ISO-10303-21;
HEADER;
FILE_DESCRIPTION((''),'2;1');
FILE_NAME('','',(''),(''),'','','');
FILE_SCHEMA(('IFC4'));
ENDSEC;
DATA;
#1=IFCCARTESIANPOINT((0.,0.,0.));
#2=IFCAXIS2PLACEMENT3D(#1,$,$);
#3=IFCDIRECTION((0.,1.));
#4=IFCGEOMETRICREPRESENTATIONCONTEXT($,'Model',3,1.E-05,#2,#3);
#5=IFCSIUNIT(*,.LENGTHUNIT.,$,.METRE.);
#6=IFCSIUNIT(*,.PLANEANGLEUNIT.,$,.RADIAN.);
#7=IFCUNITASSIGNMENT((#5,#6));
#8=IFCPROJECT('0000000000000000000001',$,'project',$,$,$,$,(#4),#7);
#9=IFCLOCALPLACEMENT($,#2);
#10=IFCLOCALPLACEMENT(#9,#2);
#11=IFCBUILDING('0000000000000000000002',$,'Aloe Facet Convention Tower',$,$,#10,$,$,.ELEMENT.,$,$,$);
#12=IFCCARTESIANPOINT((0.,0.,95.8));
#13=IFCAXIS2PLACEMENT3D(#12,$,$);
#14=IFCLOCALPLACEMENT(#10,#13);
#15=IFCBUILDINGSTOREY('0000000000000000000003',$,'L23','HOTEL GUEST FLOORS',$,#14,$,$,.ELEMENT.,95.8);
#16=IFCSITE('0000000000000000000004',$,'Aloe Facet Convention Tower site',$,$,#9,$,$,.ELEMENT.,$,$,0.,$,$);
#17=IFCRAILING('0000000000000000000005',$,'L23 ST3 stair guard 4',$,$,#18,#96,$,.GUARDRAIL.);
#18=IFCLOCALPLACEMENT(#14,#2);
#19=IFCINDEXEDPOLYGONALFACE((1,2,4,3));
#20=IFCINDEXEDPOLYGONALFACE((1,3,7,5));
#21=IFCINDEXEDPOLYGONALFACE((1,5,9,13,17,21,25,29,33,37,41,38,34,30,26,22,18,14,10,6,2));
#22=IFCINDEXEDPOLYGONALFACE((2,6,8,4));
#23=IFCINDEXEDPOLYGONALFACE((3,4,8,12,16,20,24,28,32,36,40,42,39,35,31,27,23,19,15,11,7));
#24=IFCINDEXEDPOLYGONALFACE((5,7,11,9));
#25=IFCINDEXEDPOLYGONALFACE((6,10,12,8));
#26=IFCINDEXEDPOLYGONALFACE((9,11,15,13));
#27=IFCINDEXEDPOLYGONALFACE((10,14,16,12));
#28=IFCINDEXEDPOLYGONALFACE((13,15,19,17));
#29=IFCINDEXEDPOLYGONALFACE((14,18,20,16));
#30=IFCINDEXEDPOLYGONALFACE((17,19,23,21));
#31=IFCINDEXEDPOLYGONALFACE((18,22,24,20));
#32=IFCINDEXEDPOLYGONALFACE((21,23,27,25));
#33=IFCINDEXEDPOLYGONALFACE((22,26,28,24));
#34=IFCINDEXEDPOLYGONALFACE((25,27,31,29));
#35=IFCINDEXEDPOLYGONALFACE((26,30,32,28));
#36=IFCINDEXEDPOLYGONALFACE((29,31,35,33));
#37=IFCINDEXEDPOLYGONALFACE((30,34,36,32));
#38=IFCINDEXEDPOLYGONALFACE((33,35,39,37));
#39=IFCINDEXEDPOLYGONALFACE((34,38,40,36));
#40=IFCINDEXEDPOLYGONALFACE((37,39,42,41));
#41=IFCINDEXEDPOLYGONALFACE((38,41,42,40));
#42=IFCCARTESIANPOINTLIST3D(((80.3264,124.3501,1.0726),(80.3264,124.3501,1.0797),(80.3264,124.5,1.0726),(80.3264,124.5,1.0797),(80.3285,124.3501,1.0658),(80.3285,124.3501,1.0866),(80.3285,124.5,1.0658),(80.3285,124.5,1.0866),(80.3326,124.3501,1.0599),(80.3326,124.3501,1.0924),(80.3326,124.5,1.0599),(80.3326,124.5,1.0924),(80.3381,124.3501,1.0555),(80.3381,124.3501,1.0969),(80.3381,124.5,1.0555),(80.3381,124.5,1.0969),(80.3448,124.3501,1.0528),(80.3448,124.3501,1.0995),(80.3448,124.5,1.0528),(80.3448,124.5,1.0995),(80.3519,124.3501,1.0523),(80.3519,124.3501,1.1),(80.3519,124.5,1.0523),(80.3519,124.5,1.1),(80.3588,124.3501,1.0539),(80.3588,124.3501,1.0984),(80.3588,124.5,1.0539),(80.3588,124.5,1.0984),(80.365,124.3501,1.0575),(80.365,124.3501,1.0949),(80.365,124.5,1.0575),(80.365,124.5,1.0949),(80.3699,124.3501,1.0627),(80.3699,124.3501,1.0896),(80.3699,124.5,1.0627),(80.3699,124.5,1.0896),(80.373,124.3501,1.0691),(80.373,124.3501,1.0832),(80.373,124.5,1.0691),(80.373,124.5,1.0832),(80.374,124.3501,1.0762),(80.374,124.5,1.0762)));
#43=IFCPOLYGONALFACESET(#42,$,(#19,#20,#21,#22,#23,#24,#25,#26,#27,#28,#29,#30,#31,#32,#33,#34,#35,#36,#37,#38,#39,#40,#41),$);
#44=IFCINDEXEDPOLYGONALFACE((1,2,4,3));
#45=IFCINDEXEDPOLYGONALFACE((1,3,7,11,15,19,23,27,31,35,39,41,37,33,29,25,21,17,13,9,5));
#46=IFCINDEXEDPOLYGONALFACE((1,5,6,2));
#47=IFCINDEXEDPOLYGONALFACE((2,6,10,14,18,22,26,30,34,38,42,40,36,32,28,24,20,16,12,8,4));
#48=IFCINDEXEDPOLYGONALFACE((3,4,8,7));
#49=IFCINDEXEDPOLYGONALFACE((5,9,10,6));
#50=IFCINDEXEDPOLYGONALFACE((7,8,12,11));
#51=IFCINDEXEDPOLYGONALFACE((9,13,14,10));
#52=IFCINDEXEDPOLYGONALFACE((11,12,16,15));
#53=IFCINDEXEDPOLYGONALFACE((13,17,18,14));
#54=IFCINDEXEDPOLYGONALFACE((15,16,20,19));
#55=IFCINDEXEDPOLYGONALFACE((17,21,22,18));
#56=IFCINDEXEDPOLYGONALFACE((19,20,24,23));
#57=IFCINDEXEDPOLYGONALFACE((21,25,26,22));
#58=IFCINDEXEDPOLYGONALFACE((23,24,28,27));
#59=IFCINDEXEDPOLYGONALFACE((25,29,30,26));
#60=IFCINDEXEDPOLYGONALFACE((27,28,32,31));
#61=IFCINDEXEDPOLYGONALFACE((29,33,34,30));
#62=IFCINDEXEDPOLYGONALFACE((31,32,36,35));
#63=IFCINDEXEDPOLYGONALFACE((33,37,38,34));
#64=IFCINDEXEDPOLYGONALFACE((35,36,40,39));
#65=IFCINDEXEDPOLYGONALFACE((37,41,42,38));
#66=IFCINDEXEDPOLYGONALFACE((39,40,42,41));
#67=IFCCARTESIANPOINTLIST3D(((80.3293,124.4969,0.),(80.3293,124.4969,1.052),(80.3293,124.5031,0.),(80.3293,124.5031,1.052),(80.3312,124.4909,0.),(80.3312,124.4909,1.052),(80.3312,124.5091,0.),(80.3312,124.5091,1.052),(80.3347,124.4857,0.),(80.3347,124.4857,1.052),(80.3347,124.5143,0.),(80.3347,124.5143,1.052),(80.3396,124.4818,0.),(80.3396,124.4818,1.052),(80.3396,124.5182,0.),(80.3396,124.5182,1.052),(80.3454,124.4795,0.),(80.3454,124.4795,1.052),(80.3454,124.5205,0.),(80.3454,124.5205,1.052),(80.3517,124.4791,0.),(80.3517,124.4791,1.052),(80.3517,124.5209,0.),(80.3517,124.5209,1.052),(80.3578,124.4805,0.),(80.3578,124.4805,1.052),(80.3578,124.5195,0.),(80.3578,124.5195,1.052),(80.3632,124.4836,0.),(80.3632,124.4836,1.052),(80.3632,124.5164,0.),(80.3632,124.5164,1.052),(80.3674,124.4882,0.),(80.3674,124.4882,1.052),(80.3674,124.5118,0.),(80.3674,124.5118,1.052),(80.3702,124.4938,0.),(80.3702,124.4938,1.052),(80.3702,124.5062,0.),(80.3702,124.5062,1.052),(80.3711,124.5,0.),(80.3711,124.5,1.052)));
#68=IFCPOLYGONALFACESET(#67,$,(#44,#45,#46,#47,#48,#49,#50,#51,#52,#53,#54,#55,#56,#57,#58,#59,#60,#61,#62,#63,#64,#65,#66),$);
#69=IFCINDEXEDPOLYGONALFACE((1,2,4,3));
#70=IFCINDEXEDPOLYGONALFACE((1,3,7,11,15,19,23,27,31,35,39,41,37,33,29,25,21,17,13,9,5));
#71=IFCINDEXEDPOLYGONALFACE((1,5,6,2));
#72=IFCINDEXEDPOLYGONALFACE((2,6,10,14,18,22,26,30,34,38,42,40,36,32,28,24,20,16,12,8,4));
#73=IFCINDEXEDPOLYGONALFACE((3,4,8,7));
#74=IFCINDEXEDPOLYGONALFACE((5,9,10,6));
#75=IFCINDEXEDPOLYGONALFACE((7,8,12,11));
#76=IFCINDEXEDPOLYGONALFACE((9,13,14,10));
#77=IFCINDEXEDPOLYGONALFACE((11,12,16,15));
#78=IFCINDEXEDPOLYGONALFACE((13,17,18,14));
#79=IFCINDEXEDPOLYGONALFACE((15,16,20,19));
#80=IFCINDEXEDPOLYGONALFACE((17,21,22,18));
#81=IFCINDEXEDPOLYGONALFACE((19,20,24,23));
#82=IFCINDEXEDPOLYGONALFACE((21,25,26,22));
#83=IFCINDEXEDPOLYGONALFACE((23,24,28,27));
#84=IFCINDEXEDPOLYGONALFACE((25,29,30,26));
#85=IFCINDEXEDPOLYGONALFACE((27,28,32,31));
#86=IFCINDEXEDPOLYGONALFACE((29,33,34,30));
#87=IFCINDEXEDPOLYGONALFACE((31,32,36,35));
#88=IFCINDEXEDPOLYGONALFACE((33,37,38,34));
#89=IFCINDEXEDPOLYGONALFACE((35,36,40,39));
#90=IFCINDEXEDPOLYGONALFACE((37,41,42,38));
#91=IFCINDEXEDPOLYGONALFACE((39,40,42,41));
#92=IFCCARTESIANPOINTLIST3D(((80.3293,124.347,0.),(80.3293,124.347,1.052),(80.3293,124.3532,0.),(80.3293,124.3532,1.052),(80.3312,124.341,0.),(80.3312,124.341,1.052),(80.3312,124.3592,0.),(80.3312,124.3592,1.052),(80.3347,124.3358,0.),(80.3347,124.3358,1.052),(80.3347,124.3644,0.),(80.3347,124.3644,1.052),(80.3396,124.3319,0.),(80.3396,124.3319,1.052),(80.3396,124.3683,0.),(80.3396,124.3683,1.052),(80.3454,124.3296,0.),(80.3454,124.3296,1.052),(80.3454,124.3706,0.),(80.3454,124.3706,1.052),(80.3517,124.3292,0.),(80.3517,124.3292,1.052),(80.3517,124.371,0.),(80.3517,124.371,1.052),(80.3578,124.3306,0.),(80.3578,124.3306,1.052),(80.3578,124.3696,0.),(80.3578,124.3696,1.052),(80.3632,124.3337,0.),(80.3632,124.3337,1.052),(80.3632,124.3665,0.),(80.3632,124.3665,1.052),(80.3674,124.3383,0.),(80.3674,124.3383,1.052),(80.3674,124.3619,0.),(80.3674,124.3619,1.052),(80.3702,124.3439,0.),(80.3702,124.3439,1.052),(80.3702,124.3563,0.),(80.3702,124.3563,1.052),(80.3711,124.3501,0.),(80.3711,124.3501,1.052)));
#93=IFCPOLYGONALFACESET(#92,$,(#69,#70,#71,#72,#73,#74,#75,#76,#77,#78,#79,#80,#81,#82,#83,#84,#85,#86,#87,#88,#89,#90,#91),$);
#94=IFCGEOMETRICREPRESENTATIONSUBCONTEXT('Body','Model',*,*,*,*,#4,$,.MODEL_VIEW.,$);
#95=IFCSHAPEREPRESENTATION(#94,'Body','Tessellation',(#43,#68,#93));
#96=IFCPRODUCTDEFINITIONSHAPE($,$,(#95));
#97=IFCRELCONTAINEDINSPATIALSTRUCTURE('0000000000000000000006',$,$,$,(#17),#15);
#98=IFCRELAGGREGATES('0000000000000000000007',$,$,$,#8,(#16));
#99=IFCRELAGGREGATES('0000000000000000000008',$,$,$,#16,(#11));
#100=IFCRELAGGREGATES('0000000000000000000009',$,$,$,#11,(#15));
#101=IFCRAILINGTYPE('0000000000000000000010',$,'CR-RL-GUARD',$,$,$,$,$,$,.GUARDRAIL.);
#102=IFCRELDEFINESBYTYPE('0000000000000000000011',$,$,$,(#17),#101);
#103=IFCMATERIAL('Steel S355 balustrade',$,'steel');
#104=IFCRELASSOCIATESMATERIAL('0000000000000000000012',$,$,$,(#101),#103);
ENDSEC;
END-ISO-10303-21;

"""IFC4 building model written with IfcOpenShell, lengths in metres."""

from ifc_helpers import new_model, si_unit, direction, frame, origin, origin_2d, place, context, subcontext, project, spatial, circle, extrude, material, type_object, element, save


model = new_model("IFC4")

# Units and contexts
model_context = context("Model", 3, precision=1e-05, world=origin(), true_north=direction((0.0, 1.0)))
body_context = subcontext(model_context, "Body", "Model", "MODEL_VIEW")
ifc_project = project(units=[si_unit("LENGTHUNIT", "METRE"), si_unit("PLANEANGLEUNIT", "RADIAN")], contexts=[model_context])

# Site, building, storey
site_placement = place(None, origin())
site = spatial("IfcSite", under=ifc_project, at=site_placement, Name="Aloe Facet Convention Tower site", CompositionType="ELEMENT", RefElevation=0.0)
building_placement = place(site_placement, origin())
building = spatial("IfcBuilding", under=site, at=building_placement, Name="Aloe Facet Convention Tower", CompositionType="ELEMENT")
storey_placement = place(building_placement, frame((0.0, 0.0, 95.8)))
storey = spatial("IfcBuildingStorey", under=building, at=storey_placement, Name="L23", Description="HOTEL GUEST FLOORS", CompositionType="ELEMENT", Elevation=95.8)

# Railing
ifc_material_1 = material(Name="Steel S355 balustrade", Category="steel")
railing_type_1 = type_object("IfcRailingType", Name="CR-RL-GUARD", PredefinedType="GUARDRAIL", material=ifc_material_1)
railing_1_placement = place(storey_placement, frame((80.3501, 124.5, 0.0)))
element("IfcRailing", 1, at=railing_1_placement, inside=storey, type_object=railing_type_1, Name="L23 ST3 stair guard 4", PredefinedType="GUARDRAIL", context=body_context, shape_type="SweptSolid", body=[
    extrude(circle(Radius=0.0239, at=origin_2d()), frame((0.0, 0.0, 1.0762), z_axis=(0.0, -1.0, 0.0), x_axis=(1.0, 0.0, 0.0)), (0.0, 0.0, 1.0), 0.1499),
    extrude(circle(Radius=0.021, at=origin_2d()), origin(), (0.0, 0.0, 1.0), 1.052),
    extrude(circle(Radius=0.021, at=origin_2d()), frame((0.0, -0.1499, 0.0)), (0.0, 0.0, 1.0), 1.052),
])

save(model, "model.ifc")
